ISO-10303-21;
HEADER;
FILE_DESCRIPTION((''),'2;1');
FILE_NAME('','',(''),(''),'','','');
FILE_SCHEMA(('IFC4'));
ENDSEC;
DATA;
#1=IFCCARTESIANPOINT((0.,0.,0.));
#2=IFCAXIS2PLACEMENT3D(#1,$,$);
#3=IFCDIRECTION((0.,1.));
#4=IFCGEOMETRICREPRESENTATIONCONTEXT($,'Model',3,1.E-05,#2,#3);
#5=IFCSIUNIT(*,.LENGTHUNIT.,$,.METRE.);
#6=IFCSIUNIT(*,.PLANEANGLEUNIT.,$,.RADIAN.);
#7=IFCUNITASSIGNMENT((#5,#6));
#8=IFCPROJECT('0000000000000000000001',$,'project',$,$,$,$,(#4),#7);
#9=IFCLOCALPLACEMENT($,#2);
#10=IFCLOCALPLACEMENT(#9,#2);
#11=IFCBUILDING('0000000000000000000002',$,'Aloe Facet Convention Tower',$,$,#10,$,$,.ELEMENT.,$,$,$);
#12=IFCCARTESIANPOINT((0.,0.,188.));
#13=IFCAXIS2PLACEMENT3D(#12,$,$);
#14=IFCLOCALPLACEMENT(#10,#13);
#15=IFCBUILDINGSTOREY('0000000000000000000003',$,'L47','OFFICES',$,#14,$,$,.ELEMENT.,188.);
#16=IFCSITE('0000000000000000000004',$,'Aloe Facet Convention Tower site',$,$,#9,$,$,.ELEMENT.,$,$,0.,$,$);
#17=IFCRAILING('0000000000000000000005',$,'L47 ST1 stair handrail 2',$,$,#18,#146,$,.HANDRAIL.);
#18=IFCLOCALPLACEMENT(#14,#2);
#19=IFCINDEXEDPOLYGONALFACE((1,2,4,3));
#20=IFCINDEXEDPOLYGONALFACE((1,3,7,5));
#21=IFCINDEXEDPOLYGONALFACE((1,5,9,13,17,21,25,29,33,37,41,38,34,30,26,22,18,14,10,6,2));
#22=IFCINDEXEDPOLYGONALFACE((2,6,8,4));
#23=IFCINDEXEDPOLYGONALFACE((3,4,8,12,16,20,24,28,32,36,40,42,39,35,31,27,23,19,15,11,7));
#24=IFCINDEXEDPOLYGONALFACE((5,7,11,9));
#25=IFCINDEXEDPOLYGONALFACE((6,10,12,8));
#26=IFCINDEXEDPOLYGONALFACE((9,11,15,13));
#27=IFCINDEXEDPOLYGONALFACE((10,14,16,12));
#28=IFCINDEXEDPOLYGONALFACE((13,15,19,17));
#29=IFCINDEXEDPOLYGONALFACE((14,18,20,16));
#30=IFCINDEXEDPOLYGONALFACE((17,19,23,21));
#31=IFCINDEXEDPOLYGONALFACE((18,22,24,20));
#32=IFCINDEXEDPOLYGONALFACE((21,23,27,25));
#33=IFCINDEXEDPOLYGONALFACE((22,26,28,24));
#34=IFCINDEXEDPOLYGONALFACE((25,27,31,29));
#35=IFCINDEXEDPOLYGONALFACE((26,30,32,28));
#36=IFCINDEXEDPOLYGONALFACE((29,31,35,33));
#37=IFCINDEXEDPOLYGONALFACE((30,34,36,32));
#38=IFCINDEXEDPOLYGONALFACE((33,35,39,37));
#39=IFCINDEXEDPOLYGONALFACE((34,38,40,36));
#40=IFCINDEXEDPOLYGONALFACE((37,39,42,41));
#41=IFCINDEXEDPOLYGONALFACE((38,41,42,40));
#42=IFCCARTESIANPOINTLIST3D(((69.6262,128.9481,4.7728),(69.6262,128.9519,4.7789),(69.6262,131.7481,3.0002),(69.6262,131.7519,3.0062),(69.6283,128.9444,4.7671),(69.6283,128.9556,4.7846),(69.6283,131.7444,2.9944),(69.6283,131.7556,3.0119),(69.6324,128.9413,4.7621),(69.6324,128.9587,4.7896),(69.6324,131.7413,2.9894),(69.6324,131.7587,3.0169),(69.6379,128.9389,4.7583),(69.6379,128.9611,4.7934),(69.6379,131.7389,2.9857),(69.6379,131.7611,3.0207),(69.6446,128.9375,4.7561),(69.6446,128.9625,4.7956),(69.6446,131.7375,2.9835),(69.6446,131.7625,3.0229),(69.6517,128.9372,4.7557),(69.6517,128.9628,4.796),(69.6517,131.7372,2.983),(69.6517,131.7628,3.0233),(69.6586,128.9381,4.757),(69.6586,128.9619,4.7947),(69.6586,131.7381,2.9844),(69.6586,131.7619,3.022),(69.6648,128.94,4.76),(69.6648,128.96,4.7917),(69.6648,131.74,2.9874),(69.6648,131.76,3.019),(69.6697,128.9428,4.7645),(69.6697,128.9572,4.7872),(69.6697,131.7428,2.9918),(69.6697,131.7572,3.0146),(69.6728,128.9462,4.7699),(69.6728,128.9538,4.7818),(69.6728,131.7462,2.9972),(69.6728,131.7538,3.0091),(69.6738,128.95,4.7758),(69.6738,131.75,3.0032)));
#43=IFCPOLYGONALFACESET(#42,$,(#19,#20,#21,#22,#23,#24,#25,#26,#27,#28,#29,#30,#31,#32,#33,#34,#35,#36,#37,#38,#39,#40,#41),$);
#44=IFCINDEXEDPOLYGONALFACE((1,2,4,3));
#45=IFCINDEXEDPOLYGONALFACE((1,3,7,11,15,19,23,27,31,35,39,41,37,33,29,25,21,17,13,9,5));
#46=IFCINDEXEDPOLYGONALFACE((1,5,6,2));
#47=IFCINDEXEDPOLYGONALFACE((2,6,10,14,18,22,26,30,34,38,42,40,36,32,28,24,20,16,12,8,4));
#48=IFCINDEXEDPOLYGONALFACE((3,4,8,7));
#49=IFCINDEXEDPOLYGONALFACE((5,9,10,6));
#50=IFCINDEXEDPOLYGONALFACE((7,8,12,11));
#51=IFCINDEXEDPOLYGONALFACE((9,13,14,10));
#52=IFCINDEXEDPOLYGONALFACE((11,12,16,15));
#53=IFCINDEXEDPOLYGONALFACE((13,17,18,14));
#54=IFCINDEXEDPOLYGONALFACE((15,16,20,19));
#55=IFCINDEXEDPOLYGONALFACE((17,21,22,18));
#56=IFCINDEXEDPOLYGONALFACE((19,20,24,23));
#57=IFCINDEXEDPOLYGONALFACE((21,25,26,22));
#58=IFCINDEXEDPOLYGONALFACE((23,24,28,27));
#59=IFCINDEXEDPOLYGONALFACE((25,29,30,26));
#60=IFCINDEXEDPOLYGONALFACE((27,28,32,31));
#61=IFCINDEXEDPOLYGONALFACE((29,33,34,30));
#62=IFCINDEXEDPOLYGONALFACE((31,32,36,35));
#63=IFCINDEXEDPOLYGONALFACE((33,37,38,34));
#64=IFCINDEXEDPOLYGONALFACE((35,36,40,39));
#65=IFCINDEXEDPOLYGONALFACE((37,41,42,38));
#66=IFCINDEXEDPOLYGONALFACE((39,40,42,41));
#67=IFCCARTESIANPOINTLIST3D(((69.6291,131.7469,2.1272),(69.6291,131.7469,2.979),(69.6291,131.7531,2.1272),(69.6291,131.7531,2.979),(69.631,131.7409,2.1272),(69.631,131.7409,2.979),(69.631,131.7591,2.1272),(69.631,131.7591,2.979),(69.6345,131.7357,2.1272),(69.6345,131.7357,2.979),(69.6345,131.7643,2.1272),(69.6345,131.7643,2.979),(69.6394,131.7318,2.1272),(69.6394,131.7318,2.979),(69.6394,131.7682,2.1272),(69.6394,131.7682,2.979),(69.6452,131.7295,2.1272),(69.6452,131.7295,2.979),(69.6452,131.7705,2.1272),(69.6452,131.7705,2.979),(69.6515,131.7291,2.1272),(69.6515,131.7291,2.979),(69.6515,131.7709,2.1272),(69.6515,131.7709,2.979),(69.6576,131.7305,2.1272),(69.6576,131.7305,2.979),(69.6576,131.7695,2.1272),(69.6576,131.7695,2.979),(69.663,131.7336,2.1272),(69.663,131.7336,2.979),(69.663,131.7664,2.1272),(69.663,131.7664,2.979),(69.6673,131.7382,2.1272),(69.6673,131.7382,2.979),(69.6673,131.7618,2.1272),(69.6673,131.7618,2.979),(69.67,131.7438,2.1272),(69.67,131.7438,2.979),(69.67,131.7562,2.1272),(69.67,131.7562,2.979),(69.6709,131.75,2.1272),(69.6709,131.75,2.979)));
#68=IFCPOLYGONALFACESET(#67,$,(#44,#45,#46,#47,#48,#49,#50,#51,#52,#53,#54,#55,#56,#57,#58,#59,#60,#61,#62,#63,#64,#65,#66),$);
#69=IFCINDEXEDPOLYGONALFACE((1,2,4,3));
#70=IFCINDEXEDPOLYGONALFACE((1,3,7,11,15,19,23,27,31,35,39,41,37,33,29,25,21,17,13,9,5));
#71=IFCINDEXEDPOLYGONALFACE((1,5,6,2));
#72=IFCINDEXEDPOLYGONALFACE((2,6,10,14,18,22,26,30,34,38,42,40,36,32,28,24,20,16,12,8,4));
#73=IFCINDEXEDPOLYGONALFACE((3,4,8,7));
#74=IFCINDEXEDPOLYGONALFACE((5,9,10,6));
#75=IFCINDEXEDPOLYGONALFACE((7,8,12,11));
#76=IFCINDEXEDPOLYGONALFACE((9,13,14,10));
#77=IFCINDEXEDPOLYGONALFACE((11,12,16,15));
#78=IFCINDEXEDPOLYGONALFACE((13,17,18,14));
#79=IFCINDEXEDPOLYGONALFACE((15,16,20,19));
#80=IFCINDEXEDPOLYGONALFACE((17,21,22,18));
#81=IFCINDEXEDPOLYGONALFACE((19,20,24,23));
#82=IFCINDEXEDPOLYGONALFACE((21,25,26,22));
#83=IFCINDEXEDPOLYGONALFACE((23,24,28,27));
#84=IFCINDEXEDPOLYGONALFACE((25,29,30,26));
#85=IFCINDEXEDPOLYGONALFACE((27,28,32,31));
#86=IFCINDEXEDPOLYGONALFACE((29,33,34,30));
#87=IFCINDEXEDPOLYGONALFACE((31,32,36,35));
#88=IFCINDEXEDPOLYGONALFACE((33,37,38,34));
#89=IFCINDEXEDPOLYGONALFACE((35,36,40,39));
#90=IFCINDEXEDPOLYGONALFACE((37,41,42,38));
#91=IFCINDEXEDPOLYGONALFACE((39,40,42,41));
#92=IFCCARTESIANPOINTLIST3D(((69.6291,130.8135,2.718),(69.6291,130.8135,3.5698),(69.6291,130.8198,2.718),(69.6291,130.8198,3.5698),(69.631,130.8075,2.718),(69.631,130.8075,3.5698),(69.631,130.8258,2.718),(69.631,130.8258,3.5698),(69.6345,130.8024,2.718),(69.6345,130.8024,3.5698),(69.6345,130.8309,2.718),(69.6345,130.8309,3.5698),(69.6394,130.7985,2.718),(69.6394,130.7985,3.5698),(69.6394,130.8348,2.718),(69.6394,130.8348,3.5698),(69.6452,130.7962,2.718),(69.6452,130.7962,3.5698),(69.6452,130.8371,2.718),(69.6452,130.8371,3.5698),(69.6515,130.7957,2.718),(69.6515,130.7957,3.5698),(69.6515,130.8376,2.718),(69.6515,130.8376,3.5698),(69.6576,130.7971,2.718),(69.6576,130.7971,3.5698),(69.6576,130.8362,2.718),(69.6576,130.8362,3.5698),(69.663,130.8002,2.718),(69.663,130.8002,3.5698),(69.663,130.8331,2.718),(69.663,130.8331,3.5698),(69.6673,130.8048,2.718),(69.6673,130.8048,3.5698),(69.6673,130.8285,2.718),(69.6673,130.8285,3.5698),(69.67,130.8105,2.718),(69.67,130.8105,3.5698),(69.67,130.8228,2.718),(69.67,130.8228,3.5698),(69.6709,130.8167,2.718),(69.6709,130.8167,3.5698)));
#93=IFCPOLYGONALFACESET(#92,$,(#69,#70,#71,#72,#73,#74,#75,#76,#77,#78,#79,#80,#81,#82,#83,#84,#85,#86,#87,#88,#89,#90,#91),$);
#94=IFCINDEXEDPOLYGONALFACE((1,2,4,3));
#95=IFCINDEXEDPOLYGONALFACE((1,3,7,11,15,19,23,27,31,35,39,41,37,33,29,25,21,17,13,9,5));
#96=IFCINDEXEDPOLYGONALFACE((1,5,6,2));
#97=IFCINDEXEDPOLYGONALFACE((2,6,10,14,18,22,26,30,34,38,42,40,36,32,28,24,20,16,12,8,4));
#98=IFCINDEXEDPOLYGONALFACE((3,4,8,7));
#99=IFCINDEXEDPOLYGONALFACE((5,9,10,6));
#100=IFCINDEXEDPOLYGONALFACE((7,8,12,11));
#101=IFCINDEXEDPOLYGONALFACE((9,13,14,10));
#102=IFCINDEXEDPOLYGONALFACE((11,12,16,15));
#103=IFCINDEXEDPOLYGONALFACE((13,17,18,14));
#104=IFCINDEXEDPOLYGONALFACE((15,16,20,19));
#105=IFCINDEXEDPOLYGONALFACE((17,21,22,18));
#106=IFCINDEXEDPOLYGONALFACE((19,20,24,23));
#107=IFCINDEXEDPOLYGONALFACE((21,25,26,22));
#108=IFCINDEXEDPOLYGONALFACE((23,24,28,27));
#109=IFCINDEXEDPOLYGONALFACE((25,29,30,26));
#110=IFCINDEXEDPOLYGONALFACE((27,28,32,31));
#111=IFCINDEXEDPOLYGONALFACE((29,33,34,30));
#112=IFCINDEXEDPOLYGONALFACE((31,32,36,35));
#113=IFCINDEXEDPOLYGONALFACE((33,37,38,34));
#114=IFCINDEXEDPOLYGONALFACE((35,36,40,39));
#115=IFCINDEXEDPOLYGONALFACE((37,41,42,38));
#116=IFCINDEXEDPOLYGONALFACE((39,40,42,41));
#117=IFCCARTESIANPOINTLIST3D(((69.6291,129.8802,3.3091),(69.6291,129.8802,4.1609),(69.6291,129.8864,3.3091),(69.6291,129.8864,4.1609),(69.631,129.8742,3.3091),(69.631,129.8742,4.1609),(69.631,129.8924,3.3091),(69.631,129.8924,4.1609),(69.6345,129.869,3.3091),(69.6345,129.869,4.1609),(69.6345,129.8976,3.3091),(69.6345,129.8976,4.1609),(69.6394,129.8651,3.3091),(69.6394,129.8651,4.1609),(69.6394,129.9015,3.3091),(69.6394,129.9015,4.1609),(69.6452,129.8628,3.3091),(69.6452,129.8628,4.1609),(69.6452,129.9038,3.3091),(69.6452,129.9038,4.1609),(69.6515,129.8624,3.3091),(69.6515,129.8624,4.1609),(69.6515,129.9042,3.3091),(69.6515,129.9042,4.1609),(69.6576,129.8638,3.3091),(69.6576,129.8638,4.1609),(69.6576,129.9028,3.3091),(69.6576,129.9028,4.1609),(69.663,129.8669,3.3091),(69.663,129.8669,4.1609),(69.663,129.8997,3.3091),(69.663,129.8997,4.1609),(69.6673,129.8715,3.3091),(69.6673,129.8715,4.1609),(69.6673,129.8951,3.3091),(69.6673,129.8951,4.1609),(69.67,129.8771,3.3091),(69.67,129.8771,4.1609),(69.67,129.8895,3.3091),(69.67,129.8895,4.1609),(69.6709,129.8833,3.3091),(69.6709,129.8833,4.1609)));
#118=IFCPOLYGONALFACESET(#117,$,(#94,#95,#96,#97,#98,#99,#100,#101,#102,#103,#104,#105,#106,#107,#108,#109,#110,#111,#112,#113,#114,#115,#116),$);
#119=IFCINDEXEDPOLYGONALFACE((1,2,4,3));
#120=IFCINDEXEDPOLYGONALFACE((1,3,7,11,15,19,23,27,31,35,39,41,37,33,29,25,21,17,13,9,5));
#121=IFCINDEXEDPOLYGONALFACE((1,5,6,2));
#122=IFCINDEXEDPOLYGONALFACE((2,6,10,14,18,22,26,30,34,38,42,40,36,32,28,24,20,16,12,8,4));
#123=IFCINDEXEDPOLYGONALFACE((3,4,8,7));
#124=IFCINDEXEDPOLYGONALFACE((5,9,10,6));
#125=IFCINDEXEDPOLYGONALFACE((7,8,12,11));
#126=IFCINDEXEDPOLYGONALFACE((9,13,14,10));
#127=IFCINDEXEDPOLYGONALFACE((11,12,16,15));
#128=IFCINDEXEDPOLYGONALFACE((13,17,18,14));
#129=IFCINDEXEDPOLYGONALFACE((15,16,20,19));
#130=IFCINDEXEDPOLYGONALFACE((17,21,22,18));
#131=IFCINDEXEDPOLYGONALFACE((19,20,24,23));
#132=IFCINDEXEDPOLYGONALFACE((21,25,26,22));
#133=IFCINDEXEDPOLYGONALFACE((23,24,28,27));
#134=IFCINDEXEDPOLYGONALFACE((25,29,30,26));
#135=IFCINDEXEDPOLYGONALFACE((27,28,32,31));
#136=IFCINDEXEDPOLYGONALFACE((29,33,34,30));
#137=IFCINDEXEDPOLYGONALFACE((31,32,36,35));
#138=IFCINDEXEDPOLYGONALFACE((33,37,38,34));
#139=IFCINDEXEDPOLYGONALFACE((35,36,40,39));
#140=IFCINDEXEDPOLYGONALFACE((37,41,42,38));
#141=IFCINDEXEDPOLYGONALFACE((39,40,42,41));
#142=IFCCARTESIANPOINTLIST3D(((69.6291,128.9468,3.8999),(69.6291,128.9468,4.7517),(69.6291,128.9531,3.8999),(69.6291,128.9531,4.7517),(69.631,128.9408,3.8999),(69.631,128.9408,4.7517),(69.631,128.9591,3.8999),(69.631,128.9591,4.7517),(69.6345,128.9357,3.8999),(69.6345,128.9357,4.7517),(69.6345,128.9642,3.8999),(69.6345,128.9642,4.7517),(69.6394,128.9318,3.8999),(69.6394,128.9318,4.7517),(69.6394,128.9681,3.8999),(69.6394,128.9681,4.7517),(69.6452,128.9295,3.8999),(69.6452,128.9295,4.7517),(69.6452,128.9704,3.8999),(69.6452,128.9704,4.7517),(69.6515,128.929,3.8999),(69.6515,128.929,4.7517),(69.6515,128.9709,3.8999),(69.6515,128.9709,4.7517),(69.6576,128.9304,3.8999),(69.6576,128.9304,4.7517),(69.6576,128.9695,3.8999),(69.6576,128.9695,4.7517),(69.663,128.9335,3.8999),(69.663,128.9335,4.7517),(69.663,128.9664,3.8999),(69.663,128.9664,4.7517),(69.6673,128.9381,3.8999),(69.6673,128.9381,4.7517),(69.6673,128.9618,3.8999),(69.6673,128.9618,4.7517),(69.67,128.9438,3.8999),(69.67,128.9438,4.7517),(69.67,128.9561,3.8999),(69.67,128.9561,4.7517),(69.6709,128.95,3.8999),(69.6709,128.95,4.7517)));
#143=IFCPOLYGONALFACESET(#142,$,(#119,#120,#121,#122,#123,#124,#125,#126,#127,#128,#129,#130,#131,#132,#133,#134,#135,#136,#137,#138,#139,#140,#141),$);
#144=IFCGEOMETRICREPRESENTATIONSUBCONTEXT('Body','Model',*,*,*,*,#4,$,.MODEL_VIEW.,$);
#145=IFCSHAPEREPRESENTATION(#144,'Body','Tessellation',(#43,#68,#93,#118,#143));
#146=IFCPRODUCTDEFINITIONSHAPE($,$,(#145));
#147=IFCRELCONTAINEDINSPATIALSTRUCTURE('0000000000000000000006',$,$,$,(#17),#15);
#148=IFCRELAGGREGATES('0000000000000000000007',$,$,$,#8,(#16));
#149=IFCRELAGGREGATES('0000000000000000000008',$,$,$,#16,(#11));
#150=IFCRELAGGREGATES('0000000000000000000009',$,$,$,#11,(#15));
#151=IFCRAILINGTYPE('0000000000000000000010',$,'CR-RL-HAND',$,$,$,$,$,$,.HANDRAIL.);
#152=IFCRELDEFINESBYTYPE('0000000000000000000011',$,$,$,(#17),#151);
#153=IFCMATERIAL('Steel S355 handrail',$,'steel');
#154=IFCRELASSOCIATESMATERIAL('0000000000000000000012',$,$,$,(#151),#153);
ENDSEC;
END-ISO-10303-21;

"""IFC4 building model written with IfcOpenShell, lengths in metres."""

from ifc_helpers import new_model, si_unit, direction, frame, origin, origin_2d, place, context, subcontext, project, spatial, circle, extrude, material, type_object, element, save


model = new_model("IFC4")

# Units and contexts
model_context = context("Model", 3, precision=1e-05, world=origin(), true_north=direction((0.0, 1.0)))
body_context = subcontext(model_context, "Body", "Model", "MODEL_VIEW")
ifc_project = project(units=[si_unit("LENGTHUNIT", "METRE"), si_unit("PLANEANGLEUNIT", "RADIAN")], contexts=[model_context])

# Site, building, storey
site_placement = place(None, origin())
site = spatial("IfcSite", under=ifc_project, at=site_placement, Name="Aloe Facet Convention Tower site", CompositionType="ELEMENT", RefElevation=0.0)
building_placement = place(site_placement, origin())
building = spatial("IfcBuilding", under=site, at=building_placement, Name="Aloe Facet Convention Tower", CompositionType="ELEMENT")
storey_placement = place(building_placement, frame((0.0, 0.0, 188.0)))
storey = spatial("IfcBuildingStorey", under=building, at=storey_placement, Name="L47", Description="OFFICES", CompositionType="ELEMENT", Elevation=188.0)

# Railing
ifc_material_1 = material(Name="Steel S355 handrail", Category="steel")
railing_type_1 = type_object("IfcRailingType", Name="CR-RL-HAND", PredefinedType="HANDRAIL", material=ifc_material_1)
railing_1_placement = place(storey_placement, frame((69.6499, 131.75, 2.1272)))
element("IfcRailing", 1, at=railing_1_placement, inside=storey, type_object=railing_type_1, Name="L47 ST1 stair handrail 2", PredefinedType="HANDRAIL", context=body_context, shape_type="SweptSolid", body=[
    extrude(circle(Radius=0.0239, at=origin_2d()), frame((0.0, 0.0, 0.876), z_axis=(0.0, -0.844909, 0.53491), x_axis=(1.0, 0.0, 0.0)), (0.0, 0.0, 1.0), 3.314),
    extrude(circle(Radius=0.021, at=origin_2d()), origin(), (0.0, 0.0, 1.0), 0.8518),
    extrude(circle(Radius=0.021, at=origin_2d()), frame((0.0, -0.9333, 0.5908)), (0.0, 0.0, 1.0), 0.8518),
    extrude(circle(Radius=0.021, at=origin_2d()), frame((0.0, -1.8667, 1.1819)), (0.0, 0.0, 1.0), 0.8518),
    extrude(circle(Radius=0.021, at=origin_2d()), frame((0.0, -2.8, 1.7727)), (0.0, 0.0, 1.0), 0.8518),
])

save(model, "model.ifc")
